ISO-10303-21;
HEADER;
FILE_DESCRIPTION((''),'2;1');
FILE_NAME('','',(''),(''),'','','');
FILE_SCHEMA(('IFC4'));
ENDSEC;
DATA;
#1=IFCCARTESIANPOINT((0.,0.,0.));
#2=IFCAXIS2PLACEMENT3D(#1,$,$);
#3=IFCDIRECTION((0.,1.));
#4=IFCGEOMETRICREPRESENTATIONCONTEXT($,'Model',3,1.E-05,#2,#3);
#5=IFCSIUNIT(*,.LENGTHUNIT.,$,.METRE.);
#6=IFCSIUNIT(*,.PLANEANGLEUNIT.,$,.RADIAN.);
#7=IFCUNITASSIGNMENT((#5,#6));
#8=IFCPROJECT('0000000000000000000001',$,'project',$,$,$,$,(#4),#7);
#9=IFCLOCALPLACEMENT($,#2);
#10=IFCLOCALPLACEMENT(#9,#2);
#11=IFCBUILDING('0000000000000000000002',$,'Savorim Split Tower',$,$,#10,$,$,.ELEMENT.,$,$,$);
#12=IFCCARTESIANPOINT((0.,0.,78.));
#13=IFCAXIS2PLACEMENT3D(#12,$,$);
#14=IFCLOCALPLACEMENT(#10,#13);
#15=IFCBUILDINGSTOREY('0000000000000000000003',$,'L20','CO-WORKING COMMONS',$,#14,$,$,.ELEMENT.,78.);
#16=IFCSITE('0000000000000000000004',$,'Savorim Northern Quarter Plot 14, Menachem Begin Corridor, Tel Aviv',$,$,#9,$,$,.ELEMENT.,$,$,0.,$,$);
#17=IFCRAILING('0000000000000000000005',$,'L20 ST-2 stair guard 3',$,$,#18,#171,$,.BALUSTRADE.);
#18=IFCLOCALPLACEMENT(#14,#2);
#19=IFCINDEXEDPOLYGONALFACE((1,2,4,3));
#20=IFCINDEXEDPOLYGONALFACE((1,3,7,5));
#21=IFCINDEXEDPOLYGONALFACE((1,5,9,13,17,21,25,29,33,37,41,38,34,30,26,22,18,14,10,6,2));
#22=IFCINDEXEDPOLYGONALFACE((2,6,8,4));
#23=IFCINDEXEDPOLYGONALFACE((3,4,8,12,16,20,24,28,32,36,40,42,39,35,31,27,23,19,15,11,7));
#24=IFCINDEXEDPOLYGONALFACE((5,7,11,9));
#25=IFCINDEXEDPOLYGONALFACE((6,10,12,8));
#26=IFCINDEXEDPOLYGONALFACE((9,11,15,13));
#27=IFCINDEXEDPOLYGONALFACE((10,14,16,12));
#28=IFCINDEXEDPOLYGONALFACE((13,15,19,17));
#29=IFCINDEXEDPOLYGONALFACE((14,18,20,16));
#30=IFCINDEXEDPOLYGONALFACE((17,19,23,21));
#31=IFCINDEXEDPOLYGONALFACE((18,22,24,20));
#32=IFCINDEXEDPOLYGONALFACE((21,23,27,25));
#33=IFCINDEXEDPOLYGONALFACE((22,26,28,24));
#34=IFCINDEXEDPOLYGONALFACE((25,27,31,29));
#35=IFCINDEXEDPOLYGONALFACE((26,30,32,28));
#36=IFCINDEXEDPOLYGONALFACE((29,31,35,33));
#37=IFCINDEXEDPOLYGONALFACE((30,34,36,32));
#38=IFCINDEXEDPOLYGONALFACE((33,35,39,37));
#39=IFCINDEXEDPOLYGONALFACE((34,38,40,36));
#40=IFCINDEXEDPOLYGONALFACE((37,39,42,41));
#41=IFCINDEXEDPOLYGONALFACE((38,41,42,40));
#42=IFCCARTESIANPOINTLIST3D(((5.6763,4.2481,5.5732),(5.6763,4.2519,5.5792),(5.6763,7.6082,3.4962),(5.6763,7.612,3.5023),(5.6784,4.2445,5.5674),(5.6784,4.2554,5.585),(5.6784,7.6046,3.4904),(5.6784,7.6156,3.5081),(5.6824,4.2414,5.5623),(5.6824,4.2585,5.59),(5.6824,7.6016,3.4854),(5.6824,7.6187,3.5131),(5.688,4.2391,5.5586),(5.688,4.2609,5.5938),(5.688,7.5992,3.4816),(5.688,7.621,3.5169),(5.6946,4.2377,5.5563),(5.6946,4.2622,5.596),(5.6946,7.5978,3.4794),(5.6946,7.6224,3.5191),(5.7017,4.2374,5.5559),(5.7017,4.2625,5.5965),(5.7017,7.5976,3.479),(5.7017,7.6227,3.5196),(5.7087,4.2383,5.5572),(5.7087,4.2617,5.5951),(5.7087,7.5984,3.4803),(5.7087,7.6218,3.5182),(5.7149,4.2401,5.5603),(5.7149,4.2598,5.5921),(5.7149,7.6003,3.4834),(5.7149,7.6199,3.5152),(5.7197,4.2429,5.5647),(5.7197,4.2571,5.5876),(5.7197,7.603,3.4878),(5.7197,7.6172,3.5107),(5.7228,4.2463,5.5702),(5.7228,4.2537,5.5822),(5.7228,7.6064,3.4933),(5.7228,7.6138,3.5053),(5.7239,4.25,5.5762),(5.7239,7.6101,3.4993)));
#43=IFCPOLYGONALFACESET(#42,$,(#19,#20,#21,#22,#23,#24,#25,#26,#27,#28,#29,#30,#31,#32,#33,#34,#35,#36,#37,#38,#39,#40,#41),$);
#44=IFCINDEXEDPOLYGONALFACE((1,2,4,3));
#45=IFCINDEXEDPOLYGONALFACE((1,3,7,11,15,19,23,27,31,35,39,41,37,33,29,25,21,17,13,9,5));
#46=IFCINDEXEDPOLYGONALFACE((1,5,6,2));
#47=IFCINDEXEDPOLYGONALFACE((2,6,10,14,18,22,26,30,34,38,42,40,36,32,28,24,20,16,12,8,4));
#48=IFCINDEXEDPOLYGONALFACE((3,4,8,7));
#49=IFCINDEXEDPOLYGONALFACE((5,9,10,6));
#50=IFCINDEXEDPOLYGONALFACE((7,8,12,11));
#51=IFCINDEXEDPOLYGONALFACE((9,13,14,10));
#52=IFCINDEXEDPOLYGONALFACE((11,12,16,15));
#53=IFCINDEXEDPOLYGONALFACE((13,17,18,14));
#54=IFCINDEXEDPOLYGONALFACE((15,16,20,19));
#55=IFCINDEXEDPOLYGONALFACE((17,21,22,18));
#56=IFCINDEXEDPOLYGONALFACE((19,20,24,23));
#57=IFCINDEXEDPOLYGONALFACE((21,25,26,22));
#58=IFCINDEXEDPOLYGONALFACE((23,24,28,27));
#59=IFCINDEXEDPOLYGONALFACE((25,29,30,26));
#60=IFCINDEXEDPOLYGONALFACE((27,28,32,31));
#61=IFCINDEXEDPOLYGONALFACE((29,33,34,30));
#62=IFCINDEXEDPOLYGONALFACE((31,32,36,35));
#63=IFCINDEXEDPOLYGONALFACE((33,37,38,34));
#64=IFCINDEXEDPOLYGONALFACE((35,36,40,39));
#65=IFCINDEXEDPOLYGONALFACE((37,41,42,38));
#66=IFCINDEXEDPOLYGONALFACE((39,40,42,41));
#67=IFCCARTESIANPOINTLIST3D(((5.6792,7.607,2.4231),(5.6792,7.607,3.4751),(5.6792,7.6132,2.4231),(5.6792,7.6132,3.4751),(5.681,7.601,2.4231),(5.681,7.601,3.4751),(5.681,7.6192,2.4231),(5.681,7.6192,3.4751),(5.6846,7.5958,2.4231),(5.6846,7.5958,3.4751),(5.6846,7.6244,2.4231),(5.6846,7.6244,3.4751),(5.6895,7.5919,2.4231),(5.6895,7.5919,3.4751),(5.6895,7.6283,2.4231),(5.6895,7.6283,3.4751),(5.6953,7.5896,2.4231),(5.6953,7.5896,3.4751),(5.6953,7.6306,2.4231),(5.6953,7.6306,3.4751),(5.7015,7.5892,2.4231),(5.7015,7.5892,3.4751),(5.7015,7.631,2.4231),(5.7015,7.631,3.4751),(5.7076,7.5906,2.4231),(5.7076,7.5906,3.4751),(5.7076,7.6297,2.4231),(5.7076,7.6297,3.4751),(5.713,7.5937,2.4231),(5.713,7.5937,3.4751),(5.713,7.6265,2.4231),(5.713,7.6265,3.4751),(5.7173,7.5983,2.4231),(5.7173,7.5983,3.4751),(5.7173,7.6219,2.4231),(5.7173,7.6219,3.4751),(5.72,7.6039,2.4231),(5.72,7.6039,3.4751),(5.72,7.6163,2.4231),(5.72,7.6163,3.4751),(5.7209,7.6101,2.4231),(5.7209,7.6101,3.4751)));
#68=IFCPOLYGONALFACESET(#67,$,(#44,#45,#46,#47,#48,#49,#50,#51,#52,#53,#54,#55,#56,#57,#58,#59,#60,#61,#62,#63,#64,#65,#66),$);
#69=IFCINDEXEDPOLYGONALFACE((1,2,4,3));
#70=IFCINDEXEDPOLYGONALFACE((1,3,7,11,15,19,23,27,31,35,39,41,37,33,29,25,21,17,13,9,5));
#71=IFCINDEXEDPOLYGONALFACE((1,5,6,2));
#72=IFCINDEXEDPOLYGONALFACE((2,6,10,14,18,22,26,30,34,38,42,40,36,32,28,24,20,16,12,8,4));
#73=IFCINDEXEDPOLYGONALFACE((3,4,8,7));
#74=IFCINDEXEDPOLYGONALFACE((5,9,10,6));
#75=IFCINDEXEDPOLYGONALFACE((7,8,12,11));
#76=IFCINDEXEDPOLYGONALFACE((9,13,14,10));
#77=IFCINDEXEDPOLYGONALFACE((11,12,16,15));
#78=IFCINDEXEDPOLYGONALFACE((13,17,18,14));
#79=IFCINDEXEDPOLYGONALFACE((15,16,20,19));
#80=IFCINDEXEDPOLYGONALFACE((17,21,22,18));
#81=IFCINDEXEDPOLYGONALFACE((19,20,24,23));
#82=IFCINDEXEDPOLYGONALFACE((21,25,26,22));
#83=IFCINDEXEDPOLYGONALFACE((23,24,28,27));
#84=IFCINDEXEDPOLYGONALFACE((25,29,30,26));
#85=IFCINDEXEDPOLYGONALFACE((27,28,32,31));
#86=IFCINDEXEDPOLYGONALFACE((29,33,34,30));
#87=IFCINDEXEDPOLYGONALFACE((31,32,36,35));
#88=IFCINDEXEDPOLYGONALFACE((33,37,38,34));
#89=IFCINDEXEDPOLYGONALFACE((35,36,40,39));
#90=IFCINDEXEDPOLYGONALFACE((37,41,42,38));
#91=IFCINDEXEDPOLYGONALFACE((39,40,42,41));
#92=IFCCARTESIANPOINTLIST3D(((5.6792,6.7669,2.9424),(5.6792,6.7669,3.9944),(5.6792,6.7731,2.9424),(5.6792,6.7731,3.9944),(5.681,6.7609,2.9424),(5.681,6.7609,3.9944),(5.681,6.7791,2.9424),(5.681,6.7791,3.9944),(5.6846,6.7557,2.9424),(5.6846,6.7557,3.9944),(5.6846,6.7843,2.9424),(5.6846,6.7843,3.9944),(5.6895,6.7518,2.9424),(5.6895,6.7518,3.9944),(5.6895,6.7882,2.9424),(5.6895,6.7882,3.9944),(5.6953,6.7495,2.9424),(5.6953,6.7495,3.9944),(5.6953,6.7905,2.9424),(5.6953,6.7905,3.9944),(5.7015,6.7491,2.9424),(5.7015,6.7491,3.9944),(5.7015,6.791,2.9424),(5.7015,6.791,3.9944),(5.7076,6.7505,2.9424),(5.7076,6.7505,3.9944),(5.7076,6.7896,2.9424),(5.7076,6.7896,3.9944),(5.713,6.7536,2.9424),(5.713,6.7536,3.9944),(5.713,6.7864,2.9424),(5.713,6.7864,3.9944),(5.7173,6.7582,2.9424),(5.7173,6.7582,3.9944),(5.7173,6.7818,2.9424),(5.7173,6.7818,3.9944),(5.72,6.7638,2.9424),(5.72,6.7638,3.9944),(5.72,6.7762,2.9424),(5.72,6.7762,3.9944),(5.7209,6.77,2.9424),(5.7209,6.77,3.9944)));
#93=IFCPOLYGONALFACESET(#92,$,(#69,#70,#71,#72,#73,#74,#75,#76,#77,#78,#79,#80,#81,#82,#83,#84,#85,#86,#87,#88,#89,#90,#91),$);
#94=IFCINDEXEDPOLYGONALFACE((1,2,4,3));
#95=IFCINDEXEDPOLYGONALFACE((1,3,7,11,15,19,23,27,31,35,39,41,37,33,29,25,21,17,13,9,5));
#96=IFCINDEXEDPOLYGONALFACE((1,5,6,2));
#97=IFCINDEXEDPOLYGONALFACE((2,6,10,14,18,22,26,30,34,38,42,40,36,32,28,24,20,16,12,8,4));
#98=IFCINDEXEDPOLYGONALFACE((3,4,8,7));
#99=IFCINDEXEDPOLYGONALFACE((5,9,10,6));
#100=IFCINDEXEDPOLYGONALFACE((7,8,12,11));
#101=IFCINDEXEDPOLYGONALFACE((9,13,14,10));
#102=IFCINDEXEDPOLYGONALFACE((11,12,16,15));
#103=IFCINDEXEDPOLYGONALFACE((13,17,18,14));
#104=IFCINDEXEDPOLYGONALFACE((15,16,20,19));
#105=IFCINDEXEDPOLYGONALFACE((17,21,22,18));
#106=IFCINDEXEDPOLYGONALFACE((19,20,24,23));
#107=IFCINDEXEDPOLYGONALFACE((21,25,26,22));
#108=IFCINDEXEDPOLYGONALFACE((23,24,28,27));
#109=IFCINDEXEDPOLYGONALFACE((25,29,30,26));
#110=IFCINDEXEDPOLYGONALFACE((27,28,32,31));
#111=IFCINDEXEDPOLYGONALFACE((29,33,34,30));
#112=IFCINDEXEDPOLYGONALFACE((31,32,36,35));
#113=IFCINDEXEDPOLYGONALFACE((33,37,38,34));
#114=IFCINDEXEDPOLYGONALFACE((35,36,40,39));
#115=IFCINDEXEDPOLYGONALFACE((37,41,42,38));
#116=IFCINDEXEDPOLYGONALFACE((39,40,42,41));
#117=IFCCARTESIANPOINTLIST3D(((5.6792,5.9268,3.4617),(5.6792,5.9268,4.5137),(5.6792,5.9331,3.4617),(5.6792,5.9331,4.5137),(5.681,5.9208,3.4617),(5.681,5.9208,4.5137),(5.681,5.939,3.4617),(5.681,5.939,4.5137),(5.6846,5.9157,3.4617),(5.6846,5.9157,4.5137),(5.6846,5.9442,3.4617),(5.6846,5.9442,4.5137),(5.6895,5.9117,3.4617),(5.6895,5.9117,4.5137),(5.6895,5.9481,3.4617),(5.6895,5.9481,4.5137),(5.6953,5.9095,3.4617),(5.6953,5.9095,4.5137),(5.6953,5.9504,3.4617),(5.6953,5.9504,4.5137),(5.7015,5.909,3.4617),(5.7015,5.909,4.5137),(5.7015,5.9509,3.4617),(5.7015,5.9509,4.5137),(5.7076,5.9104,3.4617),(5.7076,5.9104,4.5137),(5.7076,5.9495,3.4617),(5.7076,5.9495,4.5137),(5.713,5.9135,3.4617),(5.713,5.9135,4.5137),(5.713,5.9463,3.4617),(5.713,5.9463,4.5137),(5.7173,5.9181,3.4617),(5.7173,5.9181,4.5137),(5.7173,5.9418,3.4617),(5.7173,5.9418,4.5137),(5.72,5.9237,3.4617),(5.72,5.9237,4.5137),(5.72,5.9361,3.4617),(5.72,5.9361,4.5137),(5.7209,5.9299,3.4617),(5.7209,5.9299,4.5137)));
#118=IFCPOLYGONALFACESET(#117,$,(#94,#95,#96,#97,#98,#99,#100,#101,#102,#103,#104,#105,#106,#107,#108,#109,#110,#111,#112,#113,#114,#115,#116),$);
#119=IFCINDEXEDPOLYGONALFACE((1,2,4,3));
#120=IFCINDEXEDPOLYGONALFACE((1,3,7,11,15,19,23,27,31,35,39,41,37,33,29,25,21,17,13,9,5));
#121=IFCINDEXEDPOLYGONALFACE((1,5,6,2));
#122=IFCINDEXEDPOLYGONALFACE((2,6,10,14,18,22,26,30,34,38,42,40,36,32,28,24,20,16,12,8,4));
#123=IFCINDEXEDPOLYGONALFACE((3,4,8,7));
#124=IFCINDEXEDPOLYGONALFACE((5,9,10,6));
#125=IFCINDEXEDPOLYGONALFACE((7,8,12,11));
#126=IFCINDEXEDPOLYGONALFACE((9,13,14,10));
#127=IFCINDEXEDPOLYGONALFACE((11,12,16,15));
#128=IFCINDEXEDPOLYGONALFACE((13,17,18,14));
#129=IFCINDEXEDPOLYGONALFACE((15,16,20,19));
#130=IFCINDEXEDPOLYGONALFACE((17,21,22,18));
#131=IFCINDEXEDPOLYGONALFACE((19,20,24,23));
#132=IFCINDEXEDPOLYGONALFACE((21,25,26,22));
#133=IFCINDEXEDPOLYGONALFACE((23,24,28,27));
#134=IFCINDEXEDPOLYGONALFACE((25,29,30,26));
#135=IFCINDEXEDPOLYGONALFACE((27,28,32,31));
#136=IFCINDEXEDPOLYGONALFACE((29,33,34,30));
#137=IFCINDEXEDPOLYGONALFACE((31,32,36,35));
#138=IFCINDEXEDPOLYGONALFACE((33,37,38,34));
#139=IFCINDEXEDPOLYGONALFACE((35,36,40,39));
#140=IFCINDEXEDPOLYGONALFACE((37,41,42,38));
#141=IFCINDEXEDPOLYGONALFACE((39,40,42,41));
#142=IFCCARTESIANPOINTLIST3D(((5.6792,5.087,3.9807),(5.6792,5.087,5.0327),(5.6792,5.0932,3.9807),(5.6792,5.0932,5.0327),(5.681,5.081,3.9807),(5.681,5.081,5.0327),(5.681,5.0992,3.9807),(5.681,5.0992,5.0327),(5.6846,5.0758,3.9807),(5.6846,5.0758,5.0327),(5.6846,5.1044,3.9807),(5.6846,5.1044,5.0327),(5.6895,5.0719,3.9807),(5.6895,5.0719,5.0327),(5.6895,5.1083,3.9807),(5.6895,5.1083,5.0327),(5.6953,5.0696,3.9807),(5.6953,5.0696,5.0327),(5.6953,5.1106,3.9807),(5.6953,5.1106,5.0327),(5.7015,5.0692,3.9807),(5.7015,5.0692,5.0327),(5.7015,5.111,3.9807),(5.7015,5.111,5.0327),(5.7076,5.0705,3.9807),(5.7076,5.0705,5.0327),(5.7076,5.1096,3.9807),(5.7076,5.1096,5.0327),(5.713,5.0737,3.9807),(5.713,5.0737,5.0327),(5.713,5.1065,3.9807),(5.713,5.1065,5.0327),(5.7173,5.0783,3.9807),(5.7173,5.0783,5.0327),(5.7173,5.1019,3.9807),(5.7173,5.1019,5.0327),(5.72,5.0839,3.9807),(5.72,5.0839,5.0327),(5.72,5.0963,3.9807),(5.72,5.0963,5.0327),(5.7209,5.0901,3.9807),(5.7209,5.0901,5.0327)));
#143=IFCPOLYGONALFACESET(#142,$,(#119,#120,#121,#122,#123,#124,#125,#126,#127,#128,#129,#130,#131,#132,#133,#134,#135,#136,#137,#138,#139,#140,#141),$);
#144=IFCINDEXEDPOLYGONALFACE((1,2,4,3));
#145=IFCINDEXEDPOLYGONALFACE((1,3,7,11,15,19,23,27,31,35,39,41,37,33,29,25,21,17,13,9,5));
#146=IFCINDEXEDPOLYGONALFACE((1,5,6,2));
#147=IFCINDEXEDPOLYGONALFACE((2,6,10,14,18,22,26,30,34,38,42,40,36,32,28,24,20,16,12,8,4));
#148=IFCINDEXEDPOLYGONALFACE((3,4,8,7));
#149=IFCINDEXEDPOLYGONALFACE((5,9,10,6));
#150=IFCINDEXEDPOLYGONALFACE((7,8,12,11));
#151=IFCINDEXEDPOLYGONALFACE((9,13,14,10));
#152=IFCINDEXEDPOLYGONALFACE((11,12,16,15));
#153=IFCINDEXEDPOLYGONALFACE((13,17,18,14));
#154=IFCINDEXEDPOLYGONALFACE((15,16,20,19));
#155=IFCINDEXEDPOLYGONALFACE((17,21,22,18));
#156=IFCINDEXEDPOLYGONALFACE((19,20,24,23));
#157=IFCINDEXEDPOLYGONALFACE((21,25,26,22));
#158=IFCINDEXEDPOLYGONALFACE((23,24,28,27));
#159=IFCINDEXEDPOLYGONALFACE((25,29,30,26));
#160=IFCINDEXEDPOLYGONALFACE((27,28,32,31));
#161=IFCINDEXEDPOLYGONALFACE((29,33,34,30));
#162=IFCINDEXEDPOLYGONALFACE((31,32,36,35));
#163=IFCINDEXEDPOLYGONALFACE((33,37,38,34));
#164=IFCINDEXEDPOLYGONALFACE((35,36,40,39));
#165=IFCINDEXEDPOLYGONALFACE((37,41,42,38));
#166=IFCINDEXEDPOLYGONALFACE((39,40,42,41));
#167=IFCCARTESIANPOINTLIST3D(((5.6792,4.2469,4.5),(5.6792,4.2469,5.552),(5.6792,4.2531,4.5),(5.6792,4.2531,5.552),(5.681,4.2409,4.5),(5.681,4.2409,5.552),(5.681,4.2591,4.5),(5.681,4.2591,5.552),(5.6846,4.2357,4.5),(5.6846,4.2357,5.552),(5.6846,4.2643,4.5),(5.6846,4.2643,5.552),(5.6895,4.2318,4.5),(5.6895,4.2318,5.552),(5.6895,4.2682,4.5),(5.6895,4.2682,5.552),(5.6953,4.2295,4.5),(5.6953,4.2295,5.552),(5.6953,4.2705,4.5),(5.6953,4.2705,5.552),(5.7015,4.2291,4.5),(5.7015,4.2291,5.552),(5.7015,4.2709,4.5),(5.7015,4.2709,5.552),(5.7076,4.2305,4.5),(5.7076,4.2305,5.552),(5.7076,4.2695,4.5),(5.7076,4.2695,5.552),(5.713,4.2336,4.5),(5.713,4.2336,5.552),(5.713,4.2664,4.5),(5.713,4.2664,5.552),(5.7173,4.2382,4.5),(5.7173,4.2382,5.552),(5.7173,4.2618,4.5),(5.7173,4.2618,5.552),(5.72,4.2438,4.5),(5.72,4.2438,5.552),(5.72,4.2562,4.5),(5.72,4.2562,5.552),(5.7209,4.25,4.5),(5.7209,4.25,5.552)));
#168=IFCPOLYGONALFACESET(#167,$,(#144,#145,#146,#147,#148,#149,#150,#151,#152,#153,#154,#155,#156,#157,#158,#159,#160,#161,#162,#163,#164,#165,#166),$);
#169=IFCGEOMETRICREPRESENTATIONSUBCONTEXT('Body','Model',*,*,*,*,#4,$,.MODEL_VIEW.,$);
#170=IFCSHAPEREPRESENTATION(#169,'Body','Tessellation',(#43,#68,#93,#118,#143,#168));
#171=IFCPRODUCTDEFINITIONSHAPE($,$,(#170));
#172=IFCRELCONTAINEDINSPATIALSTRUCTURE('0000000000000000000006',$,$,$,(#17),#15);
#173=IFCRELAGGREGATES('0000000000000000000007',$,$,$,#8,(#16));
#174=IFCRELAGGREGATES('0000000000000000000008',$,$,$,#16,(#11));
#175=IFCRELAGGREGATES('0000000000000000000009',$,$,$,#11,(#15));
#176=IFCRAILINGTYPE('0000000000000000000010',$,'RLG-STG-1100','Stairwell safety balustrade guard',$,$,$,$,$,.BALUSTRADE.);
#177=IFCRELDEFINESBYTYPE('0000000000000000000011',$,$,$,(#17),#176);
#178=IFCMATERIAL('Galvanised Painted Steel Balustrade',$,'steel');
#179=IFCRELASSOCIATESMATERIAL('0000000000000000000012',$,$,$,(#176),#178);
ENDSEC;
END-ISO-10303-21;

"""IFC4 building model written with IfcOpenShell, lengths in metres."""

from ifc_helpers import new_model, si_unit, direction, frame, origin, origin_2d, place, context, subcontext, project, spatial, circle, extrude, material, type_object, element, save


model = new_model("IFC4")

# Units and contexts
model_context = context("Model", 3, precision=1e-05, world=origin(), true_north=direction((0.0, 1.0)))
body_context = subcontext(model_context, "Body", "Model", "MODEL_VIEW")
ifc_project = project(units=[si_unit("LENGTHUNIT", "METRE"), si_unit("PLANEANGLEUNIT", "RADIAN")], contexts=[model_context])

# Site, building, storey
site_placement = place(None, origin())
site = spatial("IfcSite", under=ifc_project, at=site_placement, Name="Savorim Northern Quarter Plot 14, Menachem Begin Corridor, Tel Aviv", CompositionType="ELEMENT", RefElevation=0.0)
building_placement = place(site_placement, origin())
building = spatial("IfcBuilding", under=site, at=building_placement, Name="Savorim Split Tower", CompositionType="ELEMENT")
storey_placement = place(building_placement, frame((0.0, 0.0, 78.0)))
storey = spatial("IfcBuildingStorey", under=building, at=storey_placement, Name="L20", Description="CO-WORKING COMMONS", CompositionType="ELEMENT", Elevation=78.0)

# Railing
ifc_material_1 = material(Name="Galvanised Painted Steel Balustrade", Category="steel")
railing_type_1 = type_object("IfcRailingType", Name="RLG-STG-1100", Description="Stairwell safety balustrade guard", PredefinedType="BALUSTRADE", material=ifc_material_1)
railing_1_placement = place(storey_placement, frame((5.7, 7.6101, 2.4231)))
element("IfcRailing", 1, at=railing_1_placement, inside=storey, type_object=railing_type_1, Name="L20 ST-2 stair guard 3", PredefinedType="BALUSTRADE", context=body_context, shape_type="SweptSolid", body=[
    extrude(circle(Radius=0.0239, at=origin_2d()), frame((0.0, 0.0, 1.0762), z_axis=(0.0, -0.850623, 0.525776), x_axis=(1.0, 0.0, 0.0)), (0.0, 0.0, 1.0), 3.9502),
    extrude(circle(Radius=0.021, at=origin_2d()), origin(), (0.0, 0.0, 1.0), 1.052),
    extrude(circle(Radius=0.021, at=origin_2d()), frame((0.0, -0.8401, 0.5193)), (0.0, 0.0, 1.0), 1.052),
    extrude(circle(Radius=0.021, at=origin_2d()), frame((0.0, -1.6802, 1.0386)), (0.0, 0.0, 1.0), 1.052),
    extrude(circle(Radius=0.021, at=origin_2d()), frame((0.0, -2.52, 1.5576)), (0.0, 0.0, 1.0), 1.052),
    extrude(circle(Radius=0.021, at=origin_2d()), frame((0.0, -3.3601, 2.0769)), (0.0, 0.0, 1.0), 1.052),
])

save(model, "model.ifc")
